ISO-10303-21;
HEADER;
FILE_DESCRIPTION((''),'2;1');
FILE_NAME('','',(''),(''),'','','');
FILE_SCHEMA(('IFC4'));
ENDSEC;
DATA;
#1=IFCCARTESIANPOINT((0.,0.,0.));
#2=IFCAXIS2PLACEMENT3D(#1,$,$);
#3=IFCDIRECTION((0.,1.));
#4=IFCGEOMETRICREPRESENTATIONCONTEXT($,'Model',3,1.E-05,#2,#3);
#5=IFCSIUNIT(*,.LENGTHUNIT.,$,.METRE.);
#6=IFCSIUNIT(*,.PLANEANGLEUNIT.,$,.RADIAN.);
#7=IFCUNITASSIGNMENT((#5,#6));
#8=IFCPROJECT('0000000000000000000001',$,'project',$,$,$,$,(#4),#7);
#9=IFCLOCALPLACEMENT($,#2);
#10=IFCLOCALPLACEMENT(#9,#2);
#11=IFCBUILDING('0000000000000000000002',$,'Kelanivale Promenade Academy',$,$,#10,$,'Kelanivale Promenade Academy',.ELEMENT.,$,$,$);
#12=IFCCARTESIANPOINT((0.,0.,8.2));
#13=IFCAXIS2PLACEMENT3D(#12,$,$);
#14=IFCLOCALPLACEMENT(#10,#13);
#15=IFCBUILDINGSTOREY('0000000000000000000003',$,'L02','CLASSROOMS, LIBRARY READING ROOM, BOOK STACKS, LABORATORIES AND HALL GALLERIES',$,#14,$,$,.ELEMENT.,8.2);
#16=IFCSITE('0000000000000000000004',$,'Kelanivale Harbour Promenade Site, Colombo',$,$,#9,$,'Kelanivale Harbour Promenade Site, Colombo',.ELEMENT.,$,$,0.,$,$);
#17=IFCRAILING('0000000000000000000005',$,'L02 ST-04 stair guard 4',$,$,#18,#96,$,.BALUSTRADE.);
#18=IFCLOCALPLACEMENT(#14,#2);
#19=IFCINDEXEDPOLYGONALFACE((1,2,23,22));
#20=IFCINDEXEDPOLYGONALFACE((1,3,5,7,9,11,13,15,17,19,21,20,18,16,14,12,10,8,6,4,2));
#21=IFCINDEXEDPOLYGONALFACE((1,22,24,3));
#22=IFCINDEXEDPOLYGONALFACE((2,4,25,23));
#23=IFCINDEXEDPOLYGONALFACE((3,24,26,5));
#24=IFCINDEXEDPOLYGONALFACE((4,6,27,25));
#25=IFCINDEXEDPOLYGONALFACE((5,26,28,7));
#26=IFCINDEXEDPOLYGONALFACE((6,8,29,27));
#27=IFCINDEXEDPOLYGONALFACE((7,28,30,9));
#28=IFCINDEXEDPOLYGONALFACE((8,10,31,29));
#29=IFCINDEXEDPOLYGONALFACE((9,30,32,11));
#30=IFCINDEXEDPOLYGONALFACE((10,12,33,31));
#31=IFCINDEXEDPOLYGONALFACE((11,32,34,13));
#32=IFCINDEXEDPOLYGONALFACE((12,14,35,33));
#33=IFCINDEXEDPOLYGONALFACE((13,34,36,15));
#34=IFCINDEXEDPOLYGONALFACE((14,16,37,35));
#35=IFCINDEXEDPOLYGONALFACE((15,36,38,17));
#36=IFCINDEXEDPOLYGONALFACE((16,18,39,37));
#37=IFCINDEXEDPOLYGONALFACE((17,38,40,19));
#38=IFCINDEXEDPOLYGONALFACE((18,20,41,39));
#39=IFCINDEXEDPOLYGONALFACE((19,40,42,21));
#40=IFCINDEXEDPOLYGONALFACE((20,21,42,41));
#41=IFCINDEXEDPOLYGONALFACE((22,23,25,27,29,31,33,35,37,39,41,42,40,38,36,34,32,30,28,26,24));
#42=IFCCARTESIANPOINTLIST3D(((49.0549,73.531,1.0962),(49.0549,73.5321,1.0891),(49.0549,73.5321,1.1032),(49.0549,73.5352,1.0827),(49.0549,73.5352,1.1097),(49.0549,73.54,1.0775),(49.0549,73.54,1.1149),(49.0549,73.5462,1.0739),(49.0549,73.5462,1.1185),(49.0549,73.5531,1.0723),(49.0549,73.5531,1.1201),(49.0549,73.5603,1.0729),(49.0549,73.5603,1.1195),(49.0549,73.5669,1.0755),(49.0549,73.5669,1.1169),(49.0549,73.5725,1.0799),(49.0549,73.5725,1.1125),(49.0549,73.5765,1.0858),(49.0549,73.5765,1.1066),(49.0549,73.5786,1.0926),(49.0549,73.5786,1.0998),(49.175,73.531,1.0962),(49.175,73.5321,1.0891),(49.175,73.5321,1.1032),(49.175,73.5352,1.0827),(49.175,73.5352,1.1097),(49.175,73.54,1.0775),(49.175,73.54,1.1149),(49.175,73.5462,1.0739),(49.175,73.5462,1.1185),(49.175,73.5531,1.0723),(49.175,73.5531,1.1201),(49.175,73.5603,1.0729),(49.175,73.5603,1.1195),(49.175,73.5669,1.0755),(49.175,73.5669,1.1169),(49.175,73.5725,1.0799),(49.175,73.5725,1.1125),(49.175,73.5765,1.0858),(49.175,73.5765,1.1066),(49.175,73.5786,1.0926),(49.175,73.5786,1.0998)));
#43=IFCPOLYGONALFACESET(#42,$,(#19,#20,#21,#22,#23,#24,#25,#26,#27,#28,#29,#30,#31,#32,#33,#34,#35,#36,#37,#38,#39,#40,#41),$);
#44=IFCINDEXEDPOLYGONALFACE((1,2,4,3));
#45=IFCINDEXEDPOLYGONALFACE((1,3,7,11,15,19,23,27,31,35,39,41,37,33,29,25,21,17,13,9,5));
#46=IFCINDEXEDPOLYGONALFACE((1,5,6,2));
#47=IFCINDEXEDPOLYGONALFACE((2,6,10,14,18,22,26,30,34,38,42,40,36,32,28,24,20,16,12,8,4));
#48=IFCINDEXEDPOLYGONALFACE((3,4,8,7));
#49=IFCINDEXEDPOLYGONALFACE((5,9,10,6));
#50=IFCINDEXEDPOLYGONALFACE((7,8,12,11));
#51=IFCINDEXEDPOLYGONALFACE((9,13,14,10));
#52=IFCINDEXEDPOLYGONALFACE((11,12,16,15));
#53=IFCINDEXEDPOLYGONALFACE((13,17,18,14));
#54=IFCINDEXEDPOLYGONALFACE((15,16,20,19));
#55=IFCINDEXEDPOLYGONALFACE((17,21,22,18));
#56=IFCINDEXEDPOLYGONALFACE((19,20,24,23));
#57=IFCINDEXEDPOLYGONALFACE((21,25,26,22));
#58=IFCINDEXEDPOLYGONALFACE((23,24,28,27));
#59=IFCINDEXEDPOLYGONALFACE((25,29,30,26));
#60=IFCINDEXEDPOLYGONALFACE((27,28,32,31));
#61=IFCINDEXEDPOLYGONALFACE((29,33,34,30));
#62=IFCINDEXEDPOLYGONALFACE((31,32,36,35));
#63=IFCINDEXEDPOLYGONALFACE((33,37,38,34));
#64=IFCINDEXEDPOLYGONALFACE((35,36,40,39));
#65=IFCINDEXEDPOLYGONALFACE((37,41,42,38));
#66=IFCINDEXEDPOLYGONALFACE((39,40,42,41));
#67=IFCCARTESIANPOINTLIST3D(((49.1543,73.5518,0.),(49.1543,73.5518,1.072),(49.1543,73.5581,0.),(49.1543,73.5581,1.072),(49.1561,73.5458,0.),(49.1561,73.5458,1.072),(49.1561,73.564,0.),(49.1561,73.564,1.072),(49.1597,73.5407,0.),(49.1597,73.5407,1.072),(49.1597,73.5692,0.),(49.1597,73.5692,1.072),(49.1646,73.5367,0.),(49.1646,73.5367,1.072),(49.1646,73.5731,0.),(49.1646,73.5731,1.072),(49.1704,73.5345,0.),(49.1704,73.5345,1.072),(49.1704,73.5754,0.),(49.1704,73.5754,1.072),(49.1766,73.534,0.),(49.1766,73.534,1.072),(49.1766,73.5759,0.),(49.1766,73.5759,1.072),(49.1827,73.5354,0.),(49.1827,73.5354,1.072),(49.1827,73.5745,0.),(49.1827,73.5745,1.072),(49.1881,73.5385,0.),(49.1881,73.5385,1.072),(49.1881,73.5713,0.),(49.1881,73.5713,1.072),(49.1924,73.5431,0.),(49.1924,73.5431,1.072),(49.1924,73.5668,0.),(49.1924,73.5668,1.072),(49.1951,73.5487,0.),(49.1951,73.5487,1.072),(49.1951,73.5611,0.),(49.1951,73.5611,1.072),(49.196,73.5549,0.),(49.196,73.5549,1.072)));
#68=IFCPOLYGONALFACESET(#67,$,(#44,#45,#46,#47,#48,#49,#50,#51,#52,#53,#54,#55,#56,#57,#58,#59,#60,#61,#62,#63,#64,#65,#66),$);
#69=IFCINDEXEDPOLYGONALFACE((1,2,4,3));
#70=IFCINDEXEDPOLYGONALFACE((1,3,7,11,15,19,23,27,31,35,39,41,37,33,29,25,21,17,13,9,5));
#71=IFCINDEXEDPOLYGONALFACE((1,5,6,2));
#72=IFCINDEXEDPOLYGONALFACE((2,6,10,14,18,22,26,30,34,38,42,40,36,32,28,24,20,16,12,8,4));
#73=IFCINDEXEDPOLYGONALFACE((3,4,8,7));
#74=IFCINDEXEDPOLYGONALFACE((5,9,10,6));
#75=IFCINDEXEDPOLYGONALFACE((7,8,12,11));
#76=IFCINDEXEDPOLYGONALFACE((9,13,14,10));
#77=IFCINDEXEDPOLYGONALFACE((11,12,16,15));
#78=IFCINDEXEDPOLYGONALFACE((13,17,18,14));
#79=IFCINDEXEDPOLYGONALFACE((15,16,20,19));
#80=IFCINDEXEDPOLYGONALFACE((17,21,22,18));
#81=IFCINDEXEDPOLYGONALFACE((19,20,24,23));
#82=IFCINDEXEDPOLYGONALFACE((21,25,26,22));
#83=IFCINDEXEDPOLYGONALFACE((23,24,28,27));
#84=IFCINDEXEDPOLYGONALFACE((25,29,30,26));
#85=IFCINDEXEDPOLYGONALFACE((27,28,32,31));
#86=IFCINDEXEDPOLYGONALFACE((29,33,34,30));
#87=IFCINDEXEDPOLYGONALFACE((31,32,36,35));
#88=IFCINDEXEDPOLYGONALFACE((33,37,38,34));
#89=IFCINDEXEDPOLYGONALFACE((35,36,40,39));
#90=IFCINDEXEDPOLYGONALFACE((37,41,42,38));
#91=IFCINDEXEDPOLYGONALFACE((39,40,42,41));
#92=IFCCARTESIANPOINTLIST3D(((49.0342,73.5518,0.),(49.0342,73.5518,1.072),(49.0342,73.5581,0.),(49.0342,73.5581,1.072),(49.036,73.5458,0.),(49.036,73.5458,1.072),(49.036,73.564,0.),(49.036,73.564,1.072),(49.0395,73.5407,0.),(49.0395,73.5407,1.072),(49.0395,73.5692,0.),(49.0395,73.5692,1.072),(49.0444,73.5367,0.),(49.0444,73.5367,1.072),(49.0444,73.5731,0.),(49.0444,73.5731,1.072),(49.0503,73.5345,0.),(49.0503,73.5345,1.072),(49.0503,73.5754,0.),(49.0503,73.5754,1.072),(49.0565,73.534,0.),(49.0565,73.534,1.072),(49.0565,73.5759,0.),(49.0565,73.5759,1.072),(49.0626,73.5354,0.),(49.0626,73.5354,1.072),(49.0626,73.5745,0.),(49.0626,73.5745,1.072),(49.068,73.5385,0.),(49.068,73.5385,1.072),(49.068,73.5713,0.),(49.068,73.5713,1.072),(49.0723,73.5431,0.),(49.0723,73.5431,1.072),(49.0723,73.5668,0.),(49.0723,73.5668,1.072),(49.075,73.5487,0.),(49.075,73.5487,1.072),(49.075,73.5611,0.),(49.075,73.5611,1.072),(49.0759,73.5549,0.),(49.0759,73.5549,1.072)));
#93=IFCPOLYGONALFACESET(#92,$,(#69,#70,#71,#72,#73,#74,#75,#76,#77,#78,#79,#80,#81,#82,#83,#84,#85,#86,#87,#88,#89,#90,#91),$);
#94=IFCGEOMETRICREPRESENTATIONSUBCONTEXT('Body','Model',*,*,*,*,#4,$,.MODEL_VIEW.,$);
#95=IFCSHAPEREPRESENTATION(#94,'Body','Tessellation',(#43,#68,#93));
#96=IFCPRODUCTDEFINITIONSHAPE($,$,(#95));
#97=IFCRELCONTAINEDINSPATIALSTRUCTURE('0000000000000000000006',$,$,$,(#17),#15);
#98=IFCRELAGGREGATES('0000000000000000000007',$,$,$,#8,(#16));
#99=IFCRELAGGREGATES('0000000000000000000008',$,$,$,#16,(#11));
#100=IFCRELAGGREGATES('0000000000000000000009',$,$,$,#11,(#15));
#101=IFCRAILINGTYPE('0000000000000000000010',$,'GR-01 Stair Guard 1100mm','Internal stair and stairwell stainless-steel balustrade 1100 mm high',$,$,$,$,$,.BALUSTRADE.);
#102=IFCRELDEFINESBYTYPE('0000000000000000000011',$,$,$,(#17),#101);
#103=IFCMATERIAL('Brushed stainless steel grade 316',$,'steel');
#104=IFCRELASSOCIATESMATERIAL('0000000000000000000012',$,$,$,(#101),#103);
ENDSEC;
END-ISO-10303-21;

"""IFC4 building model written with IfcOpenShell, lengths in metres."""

from ifc_helpers import new_model, si_unit, direction, frame, origin, origin_2d, place, context, subcontext, project, spatial, circle, extrude, material, type_object, element, save


model = new_model("IFC4")

# Units and contexts
model_context = context("Model", 3, precision=1e-05, world=origin(), true_north=direction((0.0, 1.0)))
body_context = subcontext(model_context, "Body", "Model", "MODEL_VIEW")
ifc_project = project(units=[si_unit("LENGTHUNIT", "METRE"), si_unit("PLANEANGLEUNIT", "RADIAN")], contexts=[model_context])

# Site, building, storey
site_placement = place(None, origin())
site = spatial("IfcSite", under=ifc_project, at=site_placement, Name="Kelanivale Harbour Promenade Site, Colombo", LongName="Kelanivale Harbour Promenade Site, Colombo", CompositionType="ELEMENT", RefElevation=0.0)
building_placement = place(site_placement, origin())
building = spatial("IfcBuilding", under=site, at=building_placement, Name="Kelanivale Promenade Academy", LongName="Kelanivale Promenade Academy", CompositionType="ELEMENT")
storey_placement = place(building_placement, frame((0.0, 0.0, 8.2)))
storey = spatial("IfcBuildingStorey", under=building, at=storey_placement, Name="L02", Description="CLASSROOMS, LIBRARY READING ROOM, BOOK STACKS, LABORATORIES AND HALL GALLERIES", CompositionType="ELEMENT", Elevation=8.2)

# Railing
ifc_material_1 = material(Name="Brushed stainless steel grade 316", Category="steel")
railing_type = type_object("IfcRailingType", Name="GR-01 Stair Guard 1100mm", Description="Internal stair and stairwell stainless-steel balustrade 1100 mm high", PredefinedType="BALUSTRADE", material=ifc_material_1)
railing_1_placement = place(storey_placement, frame((49.175, 73.5549, 0.0)))
element("IfcRailing", 1, at=railing_1_placement, inside=storey, type_object=railing_type, Name="L02 ST-04 stair guard 4", PredefinedType="BALUSTRADE", context=body_context, shape_type="SweptSolid", body=[
    extrude(circle(Radius=0.0239, at=origin_2d()), frame((0.0, 0.0, 1.0962), z_axis=(-1.0, 0.0, 0.0), x_axis=(0.0, -1.0, 0.0)), (0.0, 0.0, 1.0), 0.1201),
    extrude(circle(Radius=0.021, at=origin_2d()), origin(), (0.0, 0.0, 1.0), 1.072),
    extrude(circle(Radius=0.021, at=origin_2d()), frame((-0.1201, 0.0, 0.0)), (0.0, 0.0, 1.0), 1.072),
])

save(model, "model.ifc")
